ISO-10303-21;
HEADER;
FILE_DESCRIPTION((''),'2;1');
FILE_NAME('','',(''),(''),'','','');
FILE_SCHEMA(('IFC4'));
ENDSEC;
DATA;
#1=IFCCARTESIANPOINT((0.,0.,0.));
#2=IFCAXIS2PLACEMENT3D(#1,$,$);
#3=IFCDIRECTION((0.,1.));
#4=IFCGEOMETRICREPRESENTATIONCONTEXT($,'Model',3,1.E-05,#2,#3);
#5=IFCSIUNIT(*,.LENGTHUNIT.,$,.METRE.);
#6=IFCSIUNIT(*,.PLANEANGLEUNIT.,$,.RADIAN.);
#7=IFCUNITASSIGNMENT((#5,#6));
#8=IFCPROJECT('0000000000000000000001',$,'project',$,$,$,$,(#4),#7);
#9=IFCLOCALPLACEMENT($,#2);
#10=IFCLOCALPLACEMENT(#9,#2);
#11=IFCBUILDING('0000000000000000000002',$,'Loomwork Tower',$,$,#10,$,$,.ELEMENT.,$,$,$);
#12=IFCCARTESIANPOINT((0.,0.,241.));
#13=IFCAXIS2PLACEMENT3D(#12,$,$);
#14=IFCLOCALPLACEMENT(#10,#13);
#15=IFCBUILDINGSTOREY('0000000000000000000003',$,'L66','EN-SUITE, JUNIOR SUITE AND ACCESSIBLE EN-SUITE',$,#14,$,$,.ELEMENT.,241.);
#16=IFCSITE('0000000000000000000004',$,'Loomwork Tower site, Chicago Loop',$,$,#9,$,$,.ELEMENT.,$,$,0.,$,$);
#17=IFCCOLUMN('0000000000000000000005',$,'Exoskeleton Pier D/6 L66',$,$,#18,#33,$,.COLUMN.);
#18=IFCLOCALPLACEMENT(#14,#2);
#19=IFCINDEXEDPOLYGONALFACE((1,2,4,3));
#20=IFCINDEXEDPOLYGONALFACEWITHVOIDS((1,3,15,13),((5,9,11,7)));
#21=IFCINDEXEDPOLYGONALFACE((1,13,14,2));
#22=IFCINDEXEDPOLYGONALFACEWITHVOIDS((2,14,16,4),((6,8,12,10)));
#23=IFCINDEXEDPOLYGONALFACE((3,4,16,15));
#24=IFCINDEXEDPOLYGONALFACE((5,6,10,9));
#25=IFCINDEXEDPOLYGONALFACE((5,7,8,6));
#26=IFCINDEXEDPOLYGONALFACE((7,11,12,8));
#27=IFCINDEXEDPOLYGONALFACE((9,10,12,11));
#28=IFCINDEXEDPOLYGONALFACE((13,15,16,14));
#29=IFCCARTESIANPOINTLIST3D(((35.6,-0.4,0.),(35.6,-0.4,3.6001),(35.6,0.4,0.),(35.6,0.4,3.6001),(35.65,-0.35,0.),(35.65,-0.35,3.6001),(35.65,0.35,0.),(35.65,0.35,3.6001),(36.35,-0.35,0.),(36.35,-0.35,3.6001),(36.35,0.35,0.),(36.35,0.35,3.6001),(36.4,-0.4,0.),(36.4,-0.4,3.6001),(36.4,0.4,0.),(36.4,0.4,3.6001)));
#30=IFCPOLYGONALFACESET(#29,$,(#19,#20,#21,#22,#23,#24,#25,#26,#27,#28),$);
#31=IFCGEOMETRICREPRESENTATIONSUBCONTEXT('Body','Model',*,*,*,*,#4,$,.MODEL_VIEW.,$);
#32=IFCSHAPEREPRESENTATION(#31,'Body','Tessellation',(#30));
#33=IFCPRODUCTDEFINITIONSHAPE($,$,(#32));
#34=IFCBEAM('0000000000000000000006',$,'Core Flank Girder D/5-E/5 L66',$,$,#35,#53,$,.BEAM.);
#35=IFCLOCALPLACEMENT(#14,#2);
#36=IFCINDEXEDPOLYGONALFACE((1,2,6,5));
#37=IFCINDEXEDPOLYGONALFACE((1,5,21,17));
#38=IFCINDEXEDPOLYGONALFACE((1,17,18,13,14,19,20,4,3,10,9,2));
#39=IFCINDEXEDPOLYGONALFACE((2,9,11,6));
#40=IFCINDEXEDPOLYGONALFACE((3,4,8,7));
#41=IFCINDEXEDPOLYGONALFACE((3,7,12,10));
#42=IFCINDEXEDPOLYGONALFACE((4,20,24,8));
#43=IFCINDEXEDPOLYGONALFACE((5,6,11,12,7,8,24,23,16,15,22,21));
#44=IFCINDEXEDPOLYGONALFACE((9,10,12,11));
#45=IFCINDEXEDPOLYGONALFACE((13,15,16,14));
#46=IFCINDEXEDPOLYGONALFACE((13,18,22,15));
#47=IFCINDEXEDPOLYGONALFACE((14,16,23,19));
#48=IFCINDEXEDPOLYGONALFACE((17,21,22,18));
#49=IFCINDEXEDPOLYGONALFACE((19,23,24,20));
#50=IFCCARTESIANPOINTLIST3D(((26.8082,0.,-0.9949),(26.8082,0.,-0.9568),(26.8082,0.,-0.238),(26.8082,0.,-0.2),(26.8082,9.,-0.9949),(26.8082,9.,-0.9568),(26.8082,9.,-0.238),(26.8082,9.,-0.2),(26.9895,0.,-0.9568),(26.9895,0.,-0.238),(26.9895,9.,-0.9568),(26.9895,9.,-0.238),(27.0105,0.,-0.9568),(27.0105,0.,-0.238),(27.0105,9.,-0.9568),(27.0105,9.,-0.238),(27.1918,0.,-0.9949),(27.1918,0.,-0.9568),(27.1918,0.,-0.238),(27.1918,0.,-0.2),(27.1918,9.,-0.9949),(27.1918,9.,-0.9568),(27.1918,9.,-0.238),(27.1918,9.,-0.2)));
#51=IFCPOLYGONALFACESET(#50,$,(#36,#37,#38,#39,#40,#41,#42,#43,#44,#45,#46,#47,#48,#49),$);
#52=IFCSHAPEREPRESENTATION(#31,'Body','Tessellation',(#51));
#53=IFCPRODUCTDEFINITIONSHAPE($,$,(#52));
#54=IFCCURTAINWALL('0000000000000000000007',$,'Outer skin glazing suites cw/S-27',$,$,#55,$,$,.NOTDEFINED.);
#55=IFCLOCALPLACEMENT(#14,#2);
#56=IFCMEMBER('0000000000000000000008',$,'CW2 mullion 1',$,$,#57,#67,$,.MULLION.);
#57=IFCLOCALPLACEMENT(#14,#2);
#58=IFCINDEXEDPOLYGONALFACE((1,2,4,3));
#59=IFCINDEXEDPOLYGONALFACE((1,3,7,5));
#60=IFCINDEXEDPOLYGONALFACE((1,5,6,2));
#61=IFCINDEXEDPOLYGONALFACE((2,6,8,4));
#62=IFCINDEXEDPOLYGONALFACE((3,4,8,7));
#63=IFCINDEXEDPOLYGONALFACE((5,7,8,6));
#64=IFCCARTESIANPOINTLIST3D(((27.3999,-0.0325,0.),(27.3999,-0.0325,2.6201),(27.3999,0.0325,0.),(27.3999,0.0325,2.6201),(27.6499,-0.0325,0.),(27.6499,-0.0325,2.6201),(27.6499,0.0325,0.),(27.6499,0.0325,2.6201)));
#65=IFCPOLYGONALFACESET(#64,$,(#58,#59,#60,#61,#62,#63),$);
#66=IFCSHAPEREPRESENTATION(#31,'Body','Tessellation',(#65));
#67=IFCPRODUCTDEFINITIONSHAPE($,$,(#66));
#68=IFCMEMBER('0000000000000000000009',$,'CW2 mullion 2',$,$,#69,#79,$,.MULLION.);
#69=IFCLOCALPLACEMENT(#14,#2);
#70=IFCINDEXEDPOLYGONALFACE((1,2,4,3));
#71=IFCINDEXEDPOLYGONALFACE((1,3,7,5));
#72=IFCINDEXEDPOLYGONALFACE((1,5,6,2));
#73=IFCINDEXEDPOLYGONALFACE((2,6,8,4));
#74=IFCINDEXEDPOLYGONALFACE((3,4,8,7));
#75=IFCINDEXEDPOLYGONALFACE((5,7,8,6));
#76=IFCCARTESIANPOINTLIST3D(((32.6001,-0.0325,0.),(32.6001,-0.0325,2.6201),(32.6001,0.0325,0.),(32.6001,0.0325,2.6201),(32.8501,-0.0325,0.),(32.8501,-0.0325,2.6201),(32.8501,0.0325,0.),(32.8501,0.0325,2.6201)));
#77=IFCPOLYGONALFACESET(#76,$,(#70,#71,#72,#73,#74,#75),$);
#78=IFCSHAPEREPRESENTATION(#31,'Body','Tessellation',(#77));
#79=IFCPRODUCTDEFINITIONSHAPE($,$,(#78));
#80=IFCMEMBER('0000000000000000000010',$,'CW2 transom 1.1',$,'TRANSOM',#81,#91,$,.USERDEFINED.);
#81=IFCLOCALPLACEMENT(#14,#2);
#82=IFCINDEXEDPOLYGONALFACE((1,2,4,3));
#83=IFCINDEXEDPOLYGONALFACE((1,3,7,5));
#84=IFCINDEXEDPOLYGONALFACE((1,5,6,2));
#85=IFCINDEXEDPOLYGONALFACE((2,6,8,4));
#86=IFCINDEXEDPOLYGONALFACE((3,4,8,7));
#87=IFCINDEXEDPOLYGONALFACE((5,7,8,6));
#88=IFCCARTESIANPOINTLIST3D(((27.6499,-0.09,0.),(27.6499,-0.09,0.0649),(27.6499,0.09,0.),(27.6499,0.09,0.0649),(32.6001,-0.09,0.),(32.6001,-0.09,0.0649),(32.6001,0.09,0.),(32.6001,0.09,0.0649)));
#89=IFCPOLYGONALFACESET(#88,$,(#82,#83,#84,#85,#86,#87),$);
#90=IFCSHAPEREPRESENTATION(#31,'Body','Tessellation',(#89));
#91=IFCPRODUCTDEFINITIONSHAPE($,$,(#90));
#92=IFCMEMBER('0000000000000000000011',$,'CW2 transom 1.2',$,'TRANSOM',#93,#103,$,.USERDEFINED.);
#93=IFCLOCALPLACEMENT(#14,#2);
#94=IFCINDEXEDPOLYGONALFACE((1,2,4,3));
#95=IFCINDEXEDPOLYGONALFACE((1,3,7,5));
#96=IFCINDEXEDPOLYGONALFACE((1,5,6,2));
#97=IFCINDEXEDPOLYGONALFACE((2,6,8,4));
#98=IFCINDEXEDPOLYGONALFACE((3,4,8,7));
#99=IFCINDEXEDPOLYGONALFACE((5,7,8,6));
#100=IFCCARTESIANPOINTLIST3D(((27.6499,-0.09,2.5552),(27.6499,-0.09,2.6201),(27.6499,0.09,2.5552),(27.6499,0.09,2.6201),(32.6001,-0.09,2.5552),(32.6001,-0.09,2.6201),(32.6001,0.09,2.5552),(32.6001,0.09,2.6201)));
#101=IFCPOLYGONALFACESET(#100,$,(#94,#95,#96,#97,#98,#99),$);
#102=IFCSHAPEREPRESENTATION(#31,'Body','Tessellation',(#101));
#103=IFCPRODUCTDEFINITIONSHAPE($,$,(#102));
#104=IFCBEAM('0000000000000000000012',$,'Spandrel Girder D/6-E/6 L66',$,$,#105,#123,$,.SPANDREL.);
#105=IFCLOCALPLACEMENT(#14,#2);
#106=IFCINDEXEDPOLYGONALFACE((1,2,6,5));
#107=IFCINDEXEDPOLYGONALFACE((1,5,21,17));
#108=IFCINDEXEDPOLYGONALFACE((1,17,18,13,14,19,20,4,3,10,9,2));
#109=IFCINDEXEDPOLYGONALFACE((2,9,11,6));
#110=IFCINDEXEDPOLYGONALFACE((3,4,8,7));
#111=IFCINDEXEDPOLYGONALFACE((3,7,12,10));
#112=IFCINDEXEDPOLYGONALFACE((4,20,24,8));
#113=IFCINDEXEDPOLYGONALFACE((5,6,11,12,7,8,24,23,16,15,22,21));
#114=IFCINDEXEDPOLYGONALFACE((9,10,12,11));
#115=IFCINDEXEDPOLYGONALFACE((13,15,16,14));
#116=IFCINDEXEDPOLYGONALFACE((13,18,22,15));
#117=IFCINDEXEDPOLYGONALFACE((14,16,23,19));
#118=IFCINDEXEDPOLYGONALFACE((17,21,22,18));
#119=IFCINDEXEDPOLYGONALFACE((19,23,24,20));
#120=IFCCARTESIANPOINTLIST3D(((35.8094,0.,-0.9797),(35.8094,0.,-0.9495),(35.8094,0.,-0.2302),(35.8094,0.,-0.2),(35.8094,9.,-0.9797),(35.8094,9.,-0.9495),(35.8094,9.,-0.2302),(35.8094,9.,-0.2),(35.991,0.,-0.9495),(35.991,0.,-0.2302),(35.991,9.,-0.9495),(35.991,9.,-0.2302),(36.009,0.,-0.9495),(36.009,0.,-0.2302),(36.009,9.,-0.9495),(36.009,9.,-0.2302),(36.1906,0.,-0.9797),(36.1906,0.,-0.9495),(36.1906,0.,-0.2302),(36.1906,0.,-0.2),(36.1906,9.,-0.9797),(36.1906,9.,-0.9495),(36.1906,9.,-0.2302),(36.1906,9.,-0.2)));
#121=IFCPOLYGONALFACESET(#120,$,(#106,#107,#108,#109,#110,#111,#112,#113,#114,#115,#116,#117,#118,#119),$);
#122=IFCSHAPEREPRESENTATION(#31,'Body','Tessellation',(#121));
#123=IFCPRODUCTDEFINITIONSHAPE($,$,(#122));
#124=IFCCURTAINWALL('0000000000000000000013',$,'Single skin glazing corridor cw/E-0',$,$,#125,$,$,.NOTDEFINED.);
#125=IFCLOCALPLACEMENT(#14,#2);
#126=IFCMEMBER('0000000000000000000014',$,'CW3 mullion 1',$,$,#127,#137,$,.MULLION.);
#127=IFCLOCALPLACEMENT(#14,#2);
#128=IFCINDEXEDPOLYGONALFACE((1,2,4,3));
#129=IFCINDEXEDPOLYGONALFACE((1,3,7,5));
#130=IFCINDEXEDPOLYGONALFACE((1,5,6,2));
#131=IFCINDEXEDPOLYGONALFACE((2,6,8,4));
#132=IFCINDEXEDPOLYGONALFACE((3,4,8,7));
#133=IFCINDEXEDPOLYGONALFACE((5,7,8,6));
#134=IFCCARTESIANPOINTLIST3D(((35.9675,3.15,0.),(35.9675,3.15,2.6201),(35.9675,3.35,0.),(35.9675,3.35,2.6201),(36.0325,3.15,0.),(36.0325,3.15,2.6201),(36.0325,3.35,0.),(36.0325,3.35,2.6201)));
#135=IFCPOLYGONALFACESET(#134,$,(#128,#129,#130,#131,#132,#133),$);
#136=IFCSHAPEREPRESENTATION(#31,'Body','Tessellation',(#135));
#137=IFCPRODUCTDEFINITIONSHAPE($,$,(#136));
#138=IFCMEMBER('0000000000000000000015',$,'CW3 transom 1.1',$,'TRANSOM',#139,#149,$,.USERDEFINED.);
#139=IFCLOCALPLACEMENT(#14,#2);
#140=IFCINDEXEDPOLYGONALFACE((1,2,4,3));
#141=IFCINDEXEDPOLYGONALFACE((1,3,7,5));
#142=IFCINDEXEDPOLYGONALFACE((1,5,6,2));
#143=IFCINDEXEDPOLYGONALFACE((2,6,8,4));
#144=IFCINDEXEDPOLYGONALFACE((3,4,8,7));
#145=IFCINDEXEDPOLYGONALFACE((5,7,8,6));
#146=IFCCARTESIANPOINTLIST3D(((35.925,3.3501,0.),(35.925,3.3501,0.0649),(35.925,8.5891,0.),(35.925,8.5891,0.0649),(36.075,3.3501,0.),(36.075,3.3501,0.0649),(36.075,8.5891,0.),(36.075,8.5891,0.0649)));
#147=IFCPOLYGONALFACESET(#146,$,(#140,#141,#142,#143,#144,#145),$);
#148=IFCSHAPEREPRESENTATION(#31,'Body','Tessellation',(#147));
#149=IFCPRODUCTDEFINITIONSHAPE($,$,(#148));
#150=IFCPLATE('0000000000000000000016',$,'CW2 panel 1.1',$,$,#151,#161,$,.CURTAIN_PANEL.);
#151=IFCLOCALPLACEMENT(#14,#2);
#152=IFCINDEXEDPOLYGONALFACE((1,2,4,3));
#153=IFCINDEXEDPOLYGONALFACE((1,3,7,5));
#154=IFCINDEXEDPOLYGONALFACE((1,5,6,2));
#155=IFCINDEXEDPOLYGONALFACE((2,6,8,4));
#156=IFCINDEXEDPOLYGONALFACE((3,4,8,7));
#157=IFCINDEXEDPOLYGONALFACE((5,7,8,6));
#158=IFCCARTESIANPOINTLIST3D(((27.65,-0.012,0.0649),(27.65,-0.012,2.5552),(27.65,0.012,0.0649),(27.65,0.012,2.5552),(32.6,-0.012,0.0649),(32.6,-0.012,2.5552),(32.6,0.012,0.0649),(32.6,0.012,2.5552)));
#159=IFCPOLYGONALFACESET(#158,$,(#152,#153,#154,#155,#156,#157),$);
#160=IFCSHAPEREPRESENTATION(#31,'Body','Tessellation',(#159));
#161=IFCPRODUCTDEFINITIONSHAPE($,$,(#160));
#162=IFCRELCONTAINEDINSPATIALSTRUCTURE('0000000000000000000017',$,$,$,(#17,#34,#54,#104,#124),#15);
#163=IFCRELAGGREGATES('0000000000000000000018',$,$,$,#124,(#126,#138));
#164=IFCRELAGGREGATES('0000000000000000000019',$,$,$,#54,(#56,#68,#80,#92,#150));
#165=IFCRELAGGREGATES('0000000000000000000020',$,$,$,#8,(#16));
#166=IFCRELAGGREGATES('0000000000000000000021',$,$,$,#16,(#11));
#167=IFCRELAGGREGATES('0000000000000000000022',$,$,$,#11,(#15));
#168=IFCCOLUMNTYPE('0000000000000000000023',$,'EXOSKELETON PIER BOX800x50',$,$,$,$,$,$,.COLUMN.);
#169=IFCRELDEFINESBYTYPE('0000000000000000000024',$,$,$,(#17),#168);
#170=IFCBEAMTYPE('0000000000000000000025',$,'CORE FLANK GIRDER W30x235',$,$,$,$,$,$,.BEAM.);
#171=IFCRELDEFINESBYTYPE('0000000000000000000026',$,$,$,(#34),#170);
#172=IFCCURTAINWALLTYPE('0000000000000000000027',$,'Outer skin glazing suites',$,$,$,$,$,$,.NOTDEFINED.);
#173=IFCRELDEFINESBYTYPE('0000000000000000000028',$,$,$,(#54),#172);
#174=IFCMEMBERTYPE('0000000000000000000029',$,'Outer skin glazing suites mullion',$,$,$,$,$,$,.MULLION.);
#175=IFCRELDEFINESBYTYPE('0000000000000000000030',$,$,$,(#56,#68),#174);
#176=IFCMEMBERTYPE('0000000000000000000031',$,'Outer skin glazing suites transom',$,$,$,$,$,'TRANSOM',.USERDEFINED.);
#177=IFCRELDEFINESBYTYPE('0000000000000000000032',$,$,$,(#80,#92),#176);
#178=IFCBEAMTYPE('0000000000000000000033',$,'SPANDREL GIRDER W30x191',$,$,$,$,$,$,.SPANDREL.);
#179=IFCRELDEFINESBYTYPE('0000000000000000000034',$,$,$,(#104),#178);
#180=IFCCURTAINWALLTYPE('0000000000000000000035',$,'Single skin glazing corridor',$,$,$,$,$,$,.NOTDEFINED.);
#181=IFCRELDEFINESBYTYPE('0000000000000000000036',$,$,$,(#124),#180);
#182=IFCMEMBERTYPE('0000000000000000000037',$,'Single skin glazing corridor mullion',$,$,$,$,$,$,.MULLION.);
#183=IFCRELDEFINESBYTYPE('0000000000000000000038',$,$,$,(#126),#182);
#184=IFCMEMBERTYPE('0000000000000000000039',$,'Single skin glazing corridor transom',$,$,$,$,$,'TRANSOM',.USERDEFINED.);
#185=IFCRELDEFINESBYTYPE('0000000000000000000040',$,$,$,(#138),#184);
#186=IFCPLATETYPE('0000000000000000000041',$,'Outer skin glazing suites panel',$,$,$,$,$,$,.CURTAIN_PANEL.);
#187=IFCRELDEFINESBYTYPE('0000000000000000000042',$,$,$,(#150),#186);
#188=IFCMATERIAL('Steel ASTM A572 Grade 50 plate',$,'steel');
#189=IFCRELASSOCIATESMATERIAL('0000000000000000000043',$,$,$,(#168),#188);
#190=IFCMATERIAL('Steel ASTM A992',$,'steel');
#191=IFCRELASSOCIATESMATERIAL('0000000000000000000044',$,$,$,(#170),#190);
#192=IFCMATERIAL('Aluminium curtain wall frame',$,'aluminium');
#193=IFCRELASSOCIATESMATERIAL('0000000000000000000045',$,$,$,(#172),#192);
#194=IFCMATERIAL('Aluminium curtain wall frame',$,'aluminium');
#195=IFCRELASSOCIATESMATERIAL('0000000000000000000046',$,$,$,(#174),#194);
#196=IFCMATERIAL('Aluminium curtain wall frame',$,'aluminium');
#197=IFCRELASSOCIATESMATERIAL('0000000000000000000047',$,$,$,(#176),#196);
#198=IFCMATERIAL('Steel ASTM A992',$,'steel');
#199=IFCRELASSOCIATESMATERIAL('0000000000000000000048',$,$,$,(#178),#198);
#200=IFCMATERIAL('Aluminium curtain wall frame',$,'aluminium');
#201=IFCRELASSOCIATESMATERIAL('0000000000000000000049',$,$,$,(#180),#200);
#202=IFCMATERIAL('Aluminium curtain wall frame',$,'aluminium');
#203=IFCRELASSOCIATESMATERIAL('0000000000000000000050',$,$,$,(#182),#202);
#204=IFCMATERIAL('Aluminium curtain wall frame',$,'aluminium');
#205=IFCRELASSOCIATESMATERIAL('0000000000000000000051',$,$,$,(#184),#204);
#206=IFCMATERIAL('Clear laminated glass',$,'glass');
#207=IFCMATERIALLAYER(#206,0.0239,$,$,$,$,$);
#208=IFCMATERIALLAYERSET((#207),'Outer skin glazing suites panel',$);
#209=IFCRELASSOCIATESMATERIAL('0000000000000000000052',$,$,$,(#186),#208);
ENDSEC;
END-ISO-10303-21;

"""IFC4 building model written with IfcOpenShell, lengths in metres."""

from ifc_helpers import new_model, si_unit, direction, frame, origin, origin_2d, place, context, subcontext, project, spatial, rectangle, hollow_rectangle, i_section, extrude, material, layer, layer_set, material_profile, profile_set, type_object, element, aggregate, save


model = new_model("IFC4")

# Units and contexts
model_context = context("Model", 3, precision=1e-05, world=origin(), true_north=direction((0.0, 1.0)))
body_context = subcontext(model_context, "Body", "Model", "MODEL_VIEW")
ifc_project = project(units=[si_unit("LENGTHUNIT", "METRE"), si_unit("PLANEANGLEUNIT", "RADIAN")], contexts=[model_context])

# Site, building, storey
site_placement = place(None, origin())
site = spatial("IfcSite", under=ifc_project, at=site_placement, Name="Loomwork Tower site, Chicago Loop", CompositionType="ELEMENT", RefElevation=0.0)
building_placement = place(site_placement, origin())
building = spatial("IfcBuilding", under=site, at=building_placement, Name="Loomwork Tower", CompositionType="ELEMENT")
storey_placement = place(building_placement, frame((0.0, 0.0, 241.0)))
storey = spatial("IfcBuildingStorey", under=building, at=storey_placement, Name="L66", Description="EN-SUITE, JUNIOR SUITE AND ACCESSIBLE EN-SUITE", CompositionType="ELEMENT", Elevation=241.0)

# Column
ifc_material_1 = material(Name="Steel ASTM A572 Grade 50 plate", Category="steel")
ifc_material_profile_1 = material_profile(ifc_material_1, hollow_rectangle(XDim=0.8, YDim=0.8, WallThickness=0.05, at=origin_2d()), Name="BOX800x50")
ifc_profile_set_1 = profile_set([ifc_material_profile_1], Name="Steel ASTM A572 Grade 50 plate")
column_type = type_object("IfcColumnType", Name="EXOSKELETON PIER BOX800x50", PredefinedType="COLUMN", material=ifc_profile_set_1)
column_placement = place(storey_placement, frame((36.0, 0.0, 0.0), z_axis=(0.0, 0.0, 1.0), x_axis=(1.0, 0.0, 0.0)))
element("IfcColumn", 1, at=column_placement, inside=storey, type_object=column_type, Name="Exoskeleton Pier D/6 L66", PredefinedType="COLUMN", context=body_context, shape_type="SweptSolid", body=[
    extrude(hollow_rectangle(XDim=0.8, YDim=0.8, WallThickness=0.05, at=origin_2d()), origin(), (0.0, 0.0, 1.0), 3.6001),
])

# Beam
ifc_material_2 = material(Name="Steel ASTM A992", Category="steel")
ifc_material_profile_2 = material_profile(ifc_material_2, i_section(OverallWidth=0.3835, OverallDepth=0.7949, WebThickness=0.021, FlangeThickness=0.0381, at=origin_2d()), Name="W30x235")
ifc_profile_set_2 = profile_set([ifc_material_profile_2], Name="Steel ASTM A992")
beam_type_1 = type_object("IfcBeamType", Name="CORE FLANK GIRDER W30x235", PredefinedType="BEAM", material=ifc_profile_set_2)
beam_1_placement = place(storey_placement, frame((27.0, 0.0, -0.5974), z_axis=(0.0, 1.0, 0.0), x_axis=(-1.0, 0.0, 0.0)))
element("IfcBeam", 2, at=beam_1_placement, inside=storey, type_object=beam_type_1, Name="Core Flank Girder D/5-E/5 L66", PredefinedType="BEAM", context=body_context, shape_type="SweptSolid", body=[
    extrude(i_section(OverallWidth=0.3835, OverallDepth=0.7949, WebThickness=0.021, FlangeThickness=0.0381, at=origin_2d()), origin(), (0.0, 0.0, 1.0), 9.0),
])

# Curtain wall, members
ifc_material_3 = material(Name="Aluminium curtain wall frame", Category="aluminium")
curtain_wall_type_1 = type_object("IfcCurtainWallType", Name="Outer skin glazing suites", PredefinedType="NOTDEFINED", material=ifc_material_3)
curtain_wall_1_placement = place(storey_placement, origin())
curtain_wall_1 = element("IfcCurtainWall", 3, at=curtain_wall_1_placement, inside=storey, type_object=curtain_wall_type_1, Name="Outer skin glazing suites cw/S-27", PredefinedType="NOTDEFINED")
ifc_material_4 = material(Name="Aluminium curtain wall frame", Category="aluminium")
ifc_material_profile_3 = material_profile(ifc_material_4, rectangle(XDim=0.0649, YDim=0.25, at=origin_2d()), Name="AL 65x250")
ifc_profile_set_3 = profile_set([ifc_material_profile_3], Name="Aluminium curtain wall frame")
member_type_1 = type_object("IfcMemberType", Name="Outer skin glazing suites mullion", PredefinedType="MULLION", material=ifc_profile_set_3)
member_1_placement = place(storey_placement, frame((27.5249, 0.0, 0.0), z_axis=(0.0, 0.0, 1.0), x_axis=(0.0, 1.0, 0.0)))
member_1 = element("IfcMember", 4, at=member_1_placement, type_object=member_type_1, Name="CW2 mullion 1", PredefinedType="MULLION", context=body_context, shape_type="SweptSolid", body=[
    extrude(rectangle(XDim=0.0649, YDim=0.25, at=origin_2d()), origin(), (0.0, 0.0, 1.0), 2.6201),
])
member_2_placement = place(storey_placement, frame((32.7251, 0.0, 0.0), z_axis=(0.0, 0.0, 1.0), x_axis=(0.0, 1.0, 0.0)))
member_2 = element("IfcMember", 5, at=member_2_placement, type_object=member_type_1, Name="CW2 mullion 2", PredefinedType="MULLION", context=body_context, shape_type="SweptSolid", body=[
    extrude(rectangle(XDim=0.0649, YDim=0.25, at=origin_2d()), origin(), (0.0, 0.0, 1.0), 2.6201),
])
ifc_material_5 = material(Name="Aluminium curtain wall frame", Category="aluminium")
ifc_material_profile_4 = material_profile(ifc_material_5, rectangle(XDim=0.1799, YDim=0.0649, at=origin_2d()), Name="AL 65x180")
ifc_profile_set_4 = profile_set([ifc_material_profile_4], Name="Aluminium curtain wall frame")
member_type_2 = type_object("IfcMemberType", Name="Outer skin glazing suites transom", ElementType="TRANSOM", PredefinedType="USERDEFINED", material=ifc_profile_set_4)
member_3_placement = place(storey_placement, frame((27.6499, 0.0, 0.0325), z_axis=(1.0, 0.0, 0.0), x_axis=(0.0, 1.0, 0.0)))
member_3 = element("IfcMember", 6, at=member_3_placement, type_object=member_type_2, Name="CW2 transom 1.1", ObjectType="TRANSOM", PredefinedType="USERDEFINED", context=body_context, shape_type="SweptSolid", body=[
    extrude(rectangle(XDim=0.1799, YDim=0.0649, at=origin_2d()), origin(), (0.0, 0.0, 1.0), 4.9502),
])
member_4_placement = place(storey_placement, frame((27.6499, 0.0, 2.5876), z_axis=(1.0, 0.0, 0.0), x_axis=(0.0, 1.0, 0.0)))
member_4 = element("IfcMember", 7, at=member_4_placement, type_object=member_type_2, Name="CW2 transom 1.2", ObjectType="TRANSOM", PredefinedType="USERDEFINED", context=body_context, shape_type="SweptSolid", body=[
    extrude(rectangle(XDim=0.1799, YDim=0.0649, at=origin_2d()), origin(), (0.0, 0.0, 1.0), 4.9502),
])

# Beam
ifc_material_6 = material(Name="Steel ASTM A992", Category="steel")
ifc_material_profile_5 = material_profile(ifc_material_6, i_section(OverallWidth=0.3811, OverallDepth=0.7798, WebThickness=0.0181, FlangeThickness=0.0303, at=origin_2d()), Name="W30x191")
ifc_profile_set_5 = profile_set([ifc_material_profile_5], Name="Steel ASTM A992")
beam_type_2 = type_object("IfcBeamType", Name="SPANDREL GIRDER W30x191", PredefinedType="SPANDREL", material=ifc_profile_set_5)
beam_2_placement = place(storey_placement, frame((36.0, 0.0, -0.5898), z_axis=(0.0, 1.0, 0.0), x_axis=(-1.0, 0.0, 0.0)))
element("IfcBeam", 8, at=beam_2_placement, inside=storey, type_object=beam_type_2, Name="Spandrel Girder D/6-E/6 L66", PredefinedType="SPANDREL", context=body_context, shape_type="SweptSolid", body=[
    extrude(i_section(OverallWidth=0.3811, OverallDepth=0.7798, WebThickness=0.0181, FlangeThickness=0.0303, at=origin_2d()), origin(), (0.0, 0.0, 1.0), 9.0),
])

# Curtain wall, members
ifc_material_7 = material(Name="Aluminium curtain wall frame", Category="aluminium")
curtain_wall_type_2 = type_object("IfcCurtainWallType", Name="Single skin glazing corridor", PredefinedType="NOTDEFINED", material=ifc_material_7)
curtain_wall_2_placement = place(storey_placement, origin())
curtain_wall_2 = element("IfcCurtainWall", 9, at=curtain_wall_2_placement, inside=storey, type_object=curtain_wall_type_2, Name="Single skin glazing corridor cw/E-0", PredefinedType="NOTDEFINED")
ifc_material_8 = material(Name="Aluminium curtain wall frame", Category="aluminium")
ifc_material_profile_6 = material_profile(ifc_material_8, rectangle(XDim=0.0649, YDim=0.2, at=origin_2d()), Name="AL 65x200")
ifc_profile_set_6 = profile_set([ifc_material_profile_6], Name="Aluminium curtain wall frame")
member_type_3 = type_object("IfcMemberType", Name="Single skin glazing corridor mullion", PredefinedType="MULLION", material=ifc_profile_set_6)
member_5_placement = place(storey_placement, frame((36.0, 3.25, 0.0), z_axis=(0.0, 0.0, 1.0), x_axis=(-1.0, 0.0, 0.0)))
member_5 = element("IfcMember", 10, at=member_5_placement, type_object=member_type_3, Name="CW3 mullion 1", PredefinedType="MULLION", context=body_context, shape_type="SweptSolid", body=[
    extrude(rectangle(XDim=0.0649, YDim=0.2, at=origin_2d()), origin(), (0.0, 0.0, 1.0), 2.6201),
])
ifc_material_9 = material(Name="Aluminium curtain wall frame", Category="aluminium")
ifc_material_profile_7 = material_profile(ifc_material_9, rectangle(XDim=0.1499, YDim=0.0649, at=origin_2d()), Name="AL 65x150")
ifc_profile_set_7 = profile_set([ifc_material_profile_7], Name="Aluminium curtain wall frame")
member_type_4 = type_object("IfcMemberType", Name="Single skin glazing corridor transom", ElementType="TRANSOM", PredefinedType="USERDEFINED", material=ifc_profile_set_7)
member_6_placement = place(storey_placement, frame((36.0, 3.3501, 0.0325), z_axis=(0.0, 1.0, 0.0), x_axis=(-1.0, 0.0, 0.0)))
member_6 = element("IfcMember", 11, at=member_6_placement, type_object=member_type_4, Name="CW3 transom 1.1", ObjectType="TRANSOM", PredefinedType="USERDEFINED", context=body_context, shape_type="SweptSolid", body=[
    extrude(rectangle(XDim=0.1499, YDim=0.0649, at=origin_2d()), origin(), (0.0, 0.0, 1.0), 5.239),
])
aggregate(curtain_wall_2, [member_5, member_6])

# Plate
ifc_material_10 = material(Name="Clear laminated glass", Category="glass")
ifc_layer_1 = layer(ifc_material_10, 0.0239)
ifc_layer_set_1 = layer_set([ifc_layer_1], Name="Outer skin glazing suites panel")
plate_type = type_object("IfcPlateType", Name="Outer skin glazing suites panel", PredefinedType="CURTAIN_PANEL", material=ifc_layer_set_1)
plate_placement = place(storey_placement, frame((30.125, 0.0, 0.0649), z_axis=(0.0, 0.0, 1.0), x_axis=(1.0, 0.0, 0.0)))
plate = element("IfcPlate", 12, at=plate_placement, type_object=plate_type, Name="CW2 panel 1.1", PredefinedType="CURTAIN_PANEL", context=body_context, shape_type="SweptSolid", body=[
    extrude(rectangle(XDim=4.95, YDim=0.0239, at=origin_2d()), origin(), (0.0, 0.0, 1.0), 2.4902),
])
aggregate(curtain_wall_1, [member_1, member_2, member_3, member_4, plate])

save(model, "model.ifc")
